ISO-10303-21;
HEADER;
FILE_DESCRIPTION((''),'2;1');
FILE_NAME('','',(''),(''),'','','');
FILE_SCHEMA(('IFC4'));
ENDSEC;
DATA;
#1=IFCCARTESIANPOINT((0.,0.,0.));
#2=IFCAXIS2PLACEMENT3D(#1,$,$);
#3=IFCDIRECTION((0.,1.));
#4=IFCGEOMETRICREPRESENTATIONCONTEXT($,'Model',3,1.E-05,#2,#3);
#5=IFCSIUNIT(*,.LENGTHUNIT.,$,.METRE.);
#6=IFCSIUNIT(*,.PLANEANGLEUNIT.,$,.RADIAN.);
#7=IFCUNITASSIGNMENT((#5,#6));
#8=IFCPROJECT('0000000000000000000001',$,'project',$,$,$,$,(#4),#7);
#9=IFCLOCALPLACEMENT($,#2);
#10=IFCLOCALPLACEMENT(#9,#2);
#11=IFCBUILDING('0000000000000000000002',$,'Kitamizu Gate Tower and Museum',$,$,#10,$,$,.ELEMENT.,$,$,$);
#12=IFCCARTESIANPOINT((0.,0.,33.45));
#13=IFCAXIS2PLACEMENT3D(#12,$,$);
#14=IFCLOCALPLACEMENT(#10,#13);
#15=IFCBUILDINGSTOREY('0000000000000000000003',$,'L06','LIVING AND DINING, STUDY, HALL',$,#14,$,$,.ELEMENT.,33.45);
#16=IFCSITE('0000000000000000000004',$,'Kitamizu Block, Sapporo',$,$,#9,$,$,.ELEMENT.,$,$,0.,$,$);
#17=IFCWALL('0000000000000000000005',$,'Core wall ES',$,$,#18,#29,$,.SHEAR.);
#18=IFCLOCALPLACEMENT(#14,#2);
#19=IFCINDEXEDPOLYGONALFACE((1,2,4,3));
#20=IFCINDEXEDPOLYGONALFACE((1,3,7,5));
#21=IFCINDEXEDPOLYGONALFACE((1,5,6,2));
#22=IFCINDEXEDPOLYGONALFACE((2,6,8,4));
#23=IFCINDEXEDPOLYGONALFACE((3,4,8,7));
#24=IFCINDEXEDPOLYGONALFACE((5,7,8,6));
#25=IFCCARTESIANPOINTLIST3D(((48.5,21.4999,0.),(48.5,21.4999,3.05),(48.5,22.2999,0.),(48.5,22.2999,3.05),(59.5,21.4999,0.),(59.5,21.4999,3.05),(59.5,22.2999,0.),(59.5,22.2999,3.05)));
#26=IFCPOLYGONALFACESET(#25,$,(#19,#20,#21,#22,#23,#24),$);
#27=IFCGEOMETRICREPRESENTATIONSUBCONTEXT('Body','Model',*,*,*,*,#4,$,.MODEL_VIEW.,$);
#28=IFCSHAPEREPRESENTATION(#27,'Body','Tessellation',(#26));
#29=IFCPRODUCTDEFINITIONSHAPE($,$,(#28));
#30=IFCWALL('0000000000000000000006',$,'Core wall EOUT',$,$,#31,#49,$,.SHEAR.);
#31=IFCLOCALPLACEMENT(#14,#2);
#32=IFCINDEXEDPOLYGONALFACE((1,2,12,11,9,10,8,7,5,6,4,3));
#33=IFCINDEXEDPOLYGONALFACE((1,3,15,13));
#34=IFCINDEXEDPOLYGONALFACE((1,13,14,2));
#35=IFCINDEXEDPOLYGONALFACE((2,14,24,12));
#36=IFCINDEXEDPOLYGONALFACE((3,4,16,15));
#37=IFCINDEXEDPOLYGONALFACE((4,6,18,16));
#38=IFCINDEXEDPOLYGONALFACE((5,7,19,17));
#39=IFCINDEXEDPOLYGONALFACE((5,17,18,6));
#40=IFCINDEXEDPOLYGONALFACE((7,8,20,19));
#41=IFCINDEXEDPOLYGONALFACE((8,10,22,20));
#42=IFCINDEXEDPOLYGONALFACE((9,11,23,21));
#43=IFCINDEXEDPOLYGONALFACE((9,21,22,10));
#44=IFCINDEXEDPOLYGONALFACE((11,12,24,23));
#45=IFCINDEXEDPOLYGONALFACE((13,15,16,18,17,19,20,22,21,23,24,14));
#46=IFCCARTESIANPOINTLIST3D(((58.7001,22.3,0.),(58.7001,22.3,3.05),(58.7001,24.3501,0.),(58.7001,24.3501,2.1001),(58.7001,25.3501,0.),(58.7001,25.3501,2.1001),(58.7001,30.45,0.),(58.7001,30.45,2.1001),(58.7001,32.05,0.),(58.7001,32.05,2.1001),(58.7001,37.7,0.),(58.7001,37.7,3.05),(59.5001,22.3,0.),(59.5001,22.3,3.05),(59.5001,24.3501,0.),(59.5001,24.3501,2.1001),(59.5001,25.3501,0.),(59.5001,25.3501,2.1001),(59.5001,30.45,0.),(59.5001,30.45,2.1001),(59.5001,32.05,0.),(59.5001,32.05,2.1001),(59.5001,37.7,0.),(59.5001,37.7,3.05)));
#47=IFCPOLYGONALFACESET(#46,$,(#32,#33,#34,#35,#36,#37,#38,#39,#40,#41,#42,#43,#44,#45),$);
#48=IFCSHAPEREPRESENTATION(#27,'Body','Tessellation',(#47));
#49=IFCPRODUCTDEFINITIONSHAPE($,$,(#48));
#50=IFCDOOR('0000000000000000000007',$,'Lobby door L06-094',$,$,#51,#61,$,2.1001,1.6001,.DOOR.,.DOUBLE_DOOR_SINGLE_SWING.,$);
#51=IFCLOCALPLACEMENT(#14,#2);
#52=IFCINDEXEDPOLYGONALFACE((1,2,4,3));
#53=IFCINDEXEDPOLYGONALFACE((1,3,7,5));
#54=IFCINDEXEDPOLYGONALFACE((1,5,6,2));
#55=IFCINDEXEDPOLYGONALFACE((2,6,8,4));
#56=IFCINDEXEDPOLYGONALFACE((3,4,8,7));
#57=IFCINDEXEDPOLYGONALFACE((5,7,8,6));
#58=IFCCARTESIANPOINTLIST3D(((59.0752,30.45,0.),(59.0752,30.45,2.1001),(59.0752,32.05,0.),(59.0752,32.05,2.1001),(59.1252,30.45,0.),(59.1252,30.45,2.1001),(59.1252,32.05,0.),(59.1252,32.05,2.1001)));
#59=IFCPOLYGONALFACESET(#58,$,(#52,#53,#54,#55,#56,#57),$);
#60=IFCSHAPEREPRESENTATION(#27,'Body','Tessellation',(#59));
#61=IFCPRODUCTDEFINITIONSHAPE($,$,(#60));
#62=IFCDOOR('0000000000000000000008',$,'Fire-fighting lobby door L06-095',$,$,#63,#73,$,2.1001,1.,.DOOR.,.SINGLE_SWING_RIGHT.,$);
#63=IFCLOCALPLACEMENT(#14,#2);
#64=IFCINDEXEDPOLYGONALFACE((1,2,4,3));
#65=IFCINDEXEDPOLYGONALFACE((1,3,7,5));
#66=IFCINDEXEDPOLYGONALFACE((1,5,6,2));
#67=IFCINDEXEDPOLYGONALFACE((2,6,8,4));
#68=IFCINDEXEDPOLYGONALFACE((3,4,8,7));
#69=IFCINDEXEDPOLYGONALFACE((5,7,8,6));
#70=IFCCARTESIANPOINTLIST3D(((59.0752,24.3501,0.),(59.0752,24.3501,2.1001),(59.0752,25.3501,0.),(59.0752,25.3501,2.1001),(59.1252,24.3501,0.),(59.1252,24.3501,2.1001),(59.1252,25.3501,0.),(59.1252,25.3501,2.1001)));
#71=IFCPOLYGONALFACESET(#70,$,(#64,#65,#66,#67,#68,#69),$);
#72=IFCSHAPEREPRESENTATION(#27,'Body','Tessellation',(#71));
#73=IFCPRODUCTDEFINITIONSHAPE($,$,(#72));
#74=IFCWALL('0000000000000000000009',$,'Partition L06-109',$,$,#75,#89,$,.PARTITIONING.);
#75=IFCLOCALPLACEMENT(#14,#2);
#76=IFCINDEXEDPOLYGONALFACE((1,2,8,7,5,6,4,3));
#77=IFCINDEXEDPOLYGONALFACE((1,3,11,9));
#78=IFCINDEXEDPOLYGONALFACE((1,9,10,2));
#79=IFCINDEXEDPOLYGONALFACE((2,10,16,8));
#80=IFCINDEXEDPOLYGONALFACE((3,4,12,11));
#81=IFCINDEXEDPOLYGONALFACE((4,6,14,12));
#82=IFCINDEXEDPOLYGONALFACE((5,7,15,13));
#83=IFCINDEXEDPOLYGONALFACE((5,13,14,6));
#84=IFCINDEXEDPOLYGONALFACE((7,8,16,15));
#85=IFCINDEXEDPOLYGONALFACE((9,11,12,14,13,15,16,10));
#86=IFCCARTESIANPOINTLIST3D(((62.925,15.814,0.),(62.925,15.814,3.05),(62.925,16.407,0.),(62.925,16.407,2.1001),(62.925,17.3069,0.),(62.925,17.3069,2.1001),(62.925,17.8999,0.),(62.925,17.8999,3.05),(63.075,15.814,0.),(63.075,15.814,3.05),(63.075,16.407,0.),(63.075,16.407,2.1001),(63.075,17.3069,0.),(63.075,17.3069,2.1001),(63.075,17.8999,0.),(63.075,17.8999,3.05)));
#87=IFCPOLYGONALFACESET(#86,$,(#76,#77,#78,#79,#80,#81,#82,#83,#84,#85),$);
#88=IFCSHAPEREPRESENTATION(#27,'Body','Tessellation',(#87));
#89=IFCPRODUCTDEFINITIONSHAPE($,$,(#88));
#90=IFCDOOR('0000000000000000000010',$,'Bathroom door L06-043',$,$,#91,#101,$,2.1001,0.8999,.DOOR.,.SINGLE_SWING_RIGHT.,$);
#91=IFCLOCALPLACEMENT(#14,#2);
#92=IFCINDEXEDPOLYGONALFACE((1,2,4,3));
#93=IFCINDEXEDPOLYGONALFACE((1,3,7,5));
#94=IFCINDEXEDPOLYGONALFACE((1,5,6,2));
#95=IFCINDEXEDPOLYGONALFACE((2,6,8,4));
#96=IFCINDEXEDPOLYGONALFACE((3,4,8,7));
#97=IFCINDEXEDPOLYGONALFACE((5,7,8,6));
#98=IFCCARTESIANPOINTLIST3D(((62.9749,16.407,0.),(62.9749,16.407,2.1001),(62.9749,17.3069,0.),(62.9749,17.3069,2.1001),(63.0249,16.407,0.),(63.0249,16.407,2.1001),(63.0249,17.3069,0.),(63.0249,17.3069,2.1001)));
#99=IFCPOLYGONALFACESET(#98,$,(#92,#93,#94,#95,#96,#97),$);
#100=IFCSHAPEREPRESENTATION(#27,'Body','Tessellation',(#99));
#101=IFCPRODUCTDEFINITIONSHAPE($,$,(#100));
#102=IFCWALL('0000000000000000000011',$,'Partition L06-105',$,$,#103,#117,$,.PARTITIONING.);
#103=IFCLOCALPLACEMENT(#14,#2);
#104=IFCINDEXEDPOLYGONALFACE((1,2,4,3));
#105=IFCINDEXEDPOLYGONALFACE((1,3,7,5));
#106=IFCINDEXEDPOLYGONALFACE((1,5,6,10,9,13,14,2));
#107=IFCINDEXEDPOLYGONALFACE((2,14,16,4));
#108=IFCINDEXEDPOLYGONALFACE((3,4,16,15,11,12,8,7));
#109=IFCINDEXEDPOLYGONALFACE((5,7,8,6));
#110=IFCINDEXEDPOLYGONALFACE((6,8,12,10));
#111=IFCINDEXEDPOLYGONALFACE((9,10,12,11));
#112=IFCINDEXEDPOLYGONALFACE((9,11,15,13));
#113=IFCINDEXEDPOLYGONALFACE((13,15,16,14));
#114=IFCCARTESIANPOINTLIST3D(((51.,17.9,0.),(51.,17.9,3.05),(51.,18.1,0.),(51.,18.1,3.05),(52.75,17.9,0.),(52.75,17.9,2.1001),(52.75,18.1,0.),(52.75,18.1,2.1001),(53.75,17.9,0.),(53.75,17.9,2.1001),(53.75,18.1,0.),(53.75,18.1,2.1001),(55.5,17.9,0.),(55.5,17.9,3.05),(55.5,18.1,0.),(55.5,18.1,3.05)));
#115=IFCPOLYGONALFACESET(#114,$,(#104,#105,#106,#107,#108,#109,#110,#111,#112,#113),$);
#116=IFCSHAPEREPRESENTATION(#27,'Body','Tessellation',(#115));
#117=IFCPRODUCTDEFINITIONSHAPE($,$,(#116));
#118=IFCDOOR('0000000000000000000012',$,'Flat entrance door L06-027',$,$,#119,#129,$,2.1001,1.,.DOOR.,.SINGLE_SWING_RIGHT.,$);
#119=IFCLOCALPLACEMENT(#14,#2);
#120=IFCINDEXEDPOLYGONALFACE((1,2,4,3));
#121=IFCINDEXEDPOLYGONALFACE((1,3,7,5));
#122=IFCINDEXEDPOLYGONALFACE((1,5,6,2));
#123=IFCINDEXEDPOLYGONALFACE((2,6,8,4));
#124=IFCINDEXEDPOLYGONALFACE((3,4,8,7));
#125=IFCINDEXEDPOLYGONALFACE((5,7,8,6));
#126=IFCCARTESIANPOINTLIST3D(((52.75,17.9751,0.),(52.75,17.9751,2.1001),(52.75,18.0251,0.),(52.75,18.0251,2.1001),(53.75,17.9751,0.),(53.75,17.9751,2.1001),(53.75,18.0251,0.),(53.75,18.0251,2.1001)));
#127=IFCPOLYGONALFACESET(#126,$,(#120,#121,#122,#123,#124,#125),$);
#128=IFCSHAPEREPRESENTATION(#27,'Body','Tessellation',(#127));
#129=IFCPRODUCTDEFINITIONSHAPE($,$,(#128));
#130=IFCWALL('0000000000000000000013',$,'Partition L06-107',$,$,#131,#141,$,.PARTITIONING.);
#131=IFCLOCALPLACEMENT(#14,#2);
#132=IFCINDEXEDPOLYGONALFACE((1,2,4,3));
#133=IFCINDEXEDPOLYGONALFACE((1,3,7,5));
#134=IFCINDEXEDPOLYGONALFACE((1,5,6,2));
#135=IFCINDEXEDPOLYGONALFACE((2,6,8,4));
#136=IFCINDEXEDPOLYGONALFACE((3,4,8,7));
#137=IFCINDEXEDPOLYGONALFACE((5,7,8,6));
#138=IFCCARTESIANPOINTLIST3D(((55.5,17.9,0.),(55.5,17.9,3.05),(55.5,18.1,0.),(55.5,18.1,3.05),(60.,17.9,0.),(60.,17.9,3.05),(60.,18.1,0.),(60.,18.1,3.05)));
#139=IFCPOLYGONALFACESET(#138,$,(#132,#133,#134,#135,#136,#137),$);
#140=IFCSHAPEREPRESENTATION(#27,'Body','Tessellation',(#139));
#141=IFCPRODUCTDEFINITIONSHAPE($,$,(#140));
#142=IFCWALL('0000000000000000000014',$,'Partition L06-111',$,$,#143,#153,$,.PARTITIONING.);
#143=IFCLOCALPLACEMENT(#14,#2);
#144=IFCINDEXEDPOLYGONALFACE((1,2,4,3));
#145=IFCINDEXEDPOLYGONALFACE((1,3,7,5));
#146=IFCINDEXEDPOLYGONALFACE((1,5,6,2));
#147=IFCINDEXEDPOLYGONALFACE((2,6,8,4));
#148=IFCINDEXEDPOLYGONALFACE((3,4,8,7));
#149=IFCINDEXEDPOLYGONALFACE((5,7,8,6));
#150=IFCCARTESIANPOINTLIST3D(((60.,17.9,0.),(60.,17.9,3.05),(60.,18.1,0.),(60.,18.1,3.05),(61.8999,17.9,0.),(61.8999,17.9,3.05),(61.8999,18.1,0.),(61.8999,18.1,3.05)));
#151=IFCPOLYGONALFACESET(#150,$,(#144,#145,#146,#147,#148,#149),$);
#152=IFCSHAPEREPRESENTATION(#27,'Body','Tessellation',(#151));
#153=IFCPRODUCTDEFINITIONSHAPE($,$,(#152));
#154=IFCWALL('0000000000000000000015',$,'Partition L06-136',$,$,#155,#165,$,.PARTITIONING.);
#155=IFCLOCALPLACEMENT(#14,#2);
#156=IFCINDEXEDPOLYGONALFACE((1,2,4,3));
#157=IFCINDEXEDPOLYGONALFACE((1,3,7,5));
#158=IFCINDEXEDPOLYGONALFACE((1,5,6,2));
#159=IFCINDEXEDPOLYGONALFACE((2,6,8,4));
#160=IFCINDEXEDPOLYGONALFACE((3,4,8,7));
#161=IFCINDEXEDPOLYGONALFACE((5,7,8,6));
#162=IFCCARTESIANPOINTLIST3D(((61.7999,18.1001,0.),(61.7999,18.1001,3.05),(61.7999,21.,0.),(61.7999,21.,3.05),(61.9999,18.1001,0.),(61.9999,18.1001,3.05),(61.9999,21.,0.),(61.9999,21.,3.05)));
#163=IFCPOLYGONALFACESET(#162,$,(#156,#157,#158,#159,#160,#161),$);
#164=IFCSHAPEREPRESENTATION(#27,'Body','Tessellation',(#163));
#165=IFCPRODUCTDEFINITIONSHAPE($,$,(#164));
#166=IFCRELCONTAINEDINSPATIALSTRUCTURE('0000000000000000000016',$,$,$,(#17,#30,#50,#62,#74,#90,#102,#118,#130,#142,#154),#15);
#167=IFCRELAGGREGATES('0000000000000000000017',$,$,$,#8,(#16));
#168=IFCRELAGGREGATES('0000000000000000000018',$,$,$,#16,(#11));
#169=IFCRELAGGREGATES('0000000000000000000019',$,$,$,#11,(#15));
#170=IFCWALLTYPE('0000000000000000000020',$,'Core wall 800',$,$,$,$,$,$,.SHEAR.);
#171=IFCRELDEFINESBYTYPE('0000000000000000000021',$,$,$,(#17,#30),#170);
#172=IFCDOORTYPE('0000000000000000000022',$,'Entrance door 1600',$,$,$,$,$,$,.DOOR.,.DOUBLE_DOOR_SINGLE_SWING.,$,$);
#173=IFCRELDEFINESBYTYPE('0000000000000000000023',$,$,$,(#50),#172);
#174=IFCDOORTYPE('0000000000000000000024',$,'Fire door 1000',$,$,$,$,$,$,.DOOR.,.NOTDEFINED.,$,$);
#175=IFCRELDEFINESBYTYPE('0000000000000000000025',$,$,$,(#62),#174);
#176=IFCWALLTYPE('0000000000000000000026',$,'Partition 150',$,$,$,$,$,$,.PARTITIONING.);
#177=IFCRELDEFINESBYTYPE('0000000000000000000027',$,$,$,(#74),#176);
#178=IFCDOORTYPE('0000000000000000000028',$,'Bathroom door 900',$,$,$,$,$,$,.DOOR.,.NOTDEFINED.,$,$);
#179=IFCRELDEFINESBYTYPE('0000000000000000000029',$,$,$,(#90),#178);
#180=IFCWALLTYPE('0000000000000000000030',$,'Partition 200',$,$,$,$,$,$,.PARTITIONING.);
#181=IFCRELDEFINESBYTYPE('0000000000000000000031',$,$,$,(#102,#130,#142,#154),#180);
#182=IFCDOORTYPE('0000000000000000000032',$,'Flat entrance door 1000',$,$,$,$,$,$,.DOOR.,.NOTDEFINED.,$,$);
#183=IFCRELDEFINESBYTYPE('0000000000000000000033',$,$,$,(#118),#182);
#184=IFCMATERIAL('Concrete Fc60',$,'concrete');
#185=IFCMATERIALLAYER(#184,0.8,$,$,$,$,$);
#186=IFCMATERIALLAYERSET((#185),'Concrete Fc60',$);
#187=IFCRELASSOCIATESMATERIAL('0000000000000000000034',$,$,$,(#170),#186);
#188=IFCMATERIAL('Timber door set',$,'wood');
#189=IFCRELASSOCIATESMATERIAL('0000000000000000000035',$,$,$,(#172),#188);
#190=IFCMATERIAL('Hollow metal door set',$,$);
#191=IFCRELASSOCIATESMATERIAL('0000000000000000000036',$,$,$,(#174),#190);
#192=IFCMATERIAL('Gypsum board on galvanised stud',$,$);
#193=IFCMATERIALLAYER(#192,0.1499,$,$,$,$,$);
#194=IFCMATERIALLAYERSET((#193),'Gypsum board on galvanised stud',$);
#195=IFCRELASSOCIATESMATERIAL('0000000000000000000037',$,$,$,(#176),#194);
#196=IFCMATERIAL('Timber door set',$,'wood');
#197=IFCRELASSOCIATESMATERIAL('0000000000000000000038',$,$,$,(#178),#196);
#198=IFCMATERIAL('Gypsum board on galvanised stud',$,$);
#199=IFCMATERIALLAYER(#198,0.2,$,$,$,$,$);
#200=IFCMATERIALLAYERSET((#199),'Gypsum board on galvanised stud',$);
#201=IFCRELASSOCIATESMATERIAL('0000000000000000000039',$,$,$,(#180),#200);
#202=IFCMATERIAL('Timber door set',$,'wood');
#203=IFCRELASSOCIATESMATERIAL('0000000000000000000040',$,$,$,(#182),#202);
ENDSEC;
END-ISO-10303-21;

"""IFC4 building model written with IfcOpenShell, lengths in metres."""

from ifc_helpers import new_model, si_unit, direction, frame, frame_2d, origin, place, context, subcontext, project, spatial, rectangle, extrude, material, layer, layer_set, type_object, element, fill, save


model = new_model("IFC4")

# Units and contexts
model_context = context("Model", 3, precision=1e-05, world=origin(), true_north=direction((0.0, 1.0)))
body_context = subcontext(model_context, "Body", "Model", "MODEL_VIEW")
ifc_project = project(units=[si_unit("LENGTHUNIT", "METRE"), si_unit("PLANEANGLEUNIT", "RADIAN")], contexts=[model_context])

# Site, building, storey
site_placement = place(None, origin())
site = spatial("IfcSite", under=ifc_project, at=site_placement, Name="Kitamizu Block, Sapporo", CompositionType="ELEMENT", RefElevation=0.0)
building_placement = place(site_placement, origin())
building = spatial("IfcBuilding", under=site, at=building_placement, Name="Kitamizu Gate Tower and Museum", CompositionType="ELEMENT")
storey_placement = place(building_placement, frame((0.0, 0.0, 33.45)))
storey = spatial("IfcBuildingStorey", under=building, at=storey_placement, Name="L06", Description="LIVING AND DINING, STUDY, HALL", CompositionType="ELEMENT", Elevation=33.45)

# Wall
ifc_material_1 = material(Name="Concrete Fc60", Category="concrete")
ifc_layer_1 = layer(ifc_material_1, 0.8)
ifc_layer_set_1 = layer_set([ifc_layer_1], Name="Concrete Fc60")
wall_type_1 = type_object("IfcWallType", Name="Core wall 800", PredefinedType="SHEAR", material=ifc_layer_set_1)
wall_1_placement = place(storey_placement, frame((59.5, 21.8999, 0.0), z_axis=(0.0, 0.0, 1.0), x_axis=(-1.0, 0.0, 0.0)))
element("IfcWall", 1, at=wall_1_placement, inside=storey, type_object=wall_type_1, Name="Core wall ES", PredefinedType="SHEAR", context=body_context, shape_type="SweptSolid", body=[
    extrude(rectangle(XDim=11.0, YDim=0.8, at=frame_2d((5.5, 0.0))), origin(), (0.0, 0.0, 1.0), 3.05),
])

# Wall, openings, doors
wall_2_placement = place(storey_placement, frame((59.1001, 22.3, 0.0), z_axis=(0.0, 0.0, 1.0), x_axis=(0.0, 1.0, 0.0)))
wall_2 = element("IfcWall", 2, at=wall_2_placement, inside=storey, type_object=wall_type_1, Name="Core wall EOUT", PredefinedType="SHEAR", context=body_context, shape_type="SweptSolid", body=[
    extrude(rectangle(XDim=15.3999, YDim=0.8, at=frame_2d((7.7, 0.0))), origin(), (0.0, 0.0, 1.0), 3.05),
])
opening_1_placement = place(wall_2_placement, frame((8.1499, 0.0, 0.0)))
opening_1 = element("IfcOpeningElement", 3, at=opening_1_placement, cuts=wall_2, PredefinedType="OPENING", context=body_context, shape_type="SweptSolid", body=[
    extrude(rectangle(XDim=1.6001, YDim=2.1001, at=frame_2d((0.8, 1.05))), frame((0.0, 0.4102, 0.0), z_axis=(0.0, -1.0, 0.0), x_axis=(1.0, 0.0, 0.0)), (0.0, 0.0, 1.0), 0.8201),
])
opening_2_placement = place(wall_2_placement, frame((2.05, 0.0, 0.0)))
opening_2 = element("IfcOpeningElement", 4, at=opening_2_placement, cuts=wall_2, PredefinedType="OPENING", context=body_context, shape_type="SweptSolid", body=[
    extrude(rectangle(XDim=1.0, YDim=2.1001, at=frame_2d((0.5, 1.05))), frame((0.0, 0.4102, 0.0), z_axis=(0.0, -1.0, 0.0), x_axis=(1.0, 0.0, 0.0)), (0.0, 0.0, 1.0), 0.8201),
])
ifc_material_2 = material(Name="Timber door set", Category="wood")
door_type_1 = type_object("IfcDoorType", Name="Entrance door 1600", OperationType="DOUBLE_DOOR_SINGLE_SWING", PredefinedType="DOOR", material=ifc_material_2)
door_1_placement = place(opening_1_placement, origin())
door_1 = element("IfcDoor", 5, at=door_1_placement, inside=storey, type_object=door_type_1, Name="Lobby door L06-094", OperationType="DOUBLE_DOOR_SINGLE_SWING", OverallHeight=2.1001, OverallWidth=1.6001, PredefinedType="DOOR", context=body_context, shape_type="SweptSolid", body=[
    extrude(rectangle(XDim=1.6001, YDim=2.1001, at=frame_2d((0.8, 1.05))), frame((0.0, 0.0249, 0.0), z_axis=(0.0, -1.0, 0.0), x_axis=(1.0, 0.0, 0.0)), (0.0, 0.0, 1.0), 0.05),
])
fill(opening_1, door_1)
ifc_material_3 = material(Name="Hollow metal door set")
door_type_2 = type_object("IfcDoorType", Name="Fire door 1000", OperationType="NOTDEFINED", PredefinedType="DOOR", material=ifc_material_3)
door_2_placement = place(opening_2_placement, origin())
door_2 = element("IfcDoor", 6, at=door_2_placement, inside=storey, type_object=door_type_2, Name="Fire-fighting lobby door L06-095", OperationType="SINGLE_SWING_RIGHT", OverallHeight=2.1001, OverallWidth=1.0, PredefinedType="DOOR", context=body_context, shape_type="SweptSolid", body=[
    extrude(rectangle(XDim=1.0, YDim=2.1001, at=frame_2d((0.5, 1.05))), frame((0.0, 0.0249, 0.0), z_axis=(0.0, -1.0, 0.0), x_axis=(1.0, 0.0, 0.0)), (0.0, 0.0, 1.0), 0.05),
])
fill(opening_2, door_2)

# Walls, openings, doors
ifc_material_4 = material(Name="Gypsum board on galvanised stud")
ifc_layer_2 = layer(ifc_material_4, 0.1499)
ifc_layer_set_2 = layer_set([ifc_layer_2], Name="Gypsum board on galvanised stud")
wall_type_2 = type_object("IfcWallType", Name="Partition 150", PredefinedType="PARTITIONING", material=ifc_layer_set_2)
wall_3_placement = place(storey_placement, frame((63.0, 15.814, 0.0), z_axis=(0.0, 0.0, 1.0), x_axis=(0.0, 1.0, 0.0)))
wall_3 = element("IfcWall", 7, at=wall_3_placement, inside=storey, type_object=wall_type_2, Name="Partition L06-109", PredefinedType="PARTITIONING", context=body_context, shape_type="SweptSolid", body=[
    extrude(rectangle(XDim=2.0859, YDim=0.1499, at=frame_2d((1.043, 0.0))), origin(), (0.0, 0.0, 1.0), 3.05),
])
opening_3_placement = place(wall_3_placement, frame((0.593, 0.0, 0.0)))
opening_3 = element("IfcOpeningElement", 8, at=opening_3_placement, cuts=wall_3, PredefinedType="OPENING", context=body_context, shape_type="SweptSolid", body=[
    extrude(rectangle(XDim=0.8999, YDim=2.1001, at=frame_2d((0.45, 1.05))), frame((0.0, 0.085, 0.0), z_axis=(0.0, -1.0, 0.0), x_axis=(1.0, 0.0, 0.0)), (0.0, 0.0, 1.0), 0.1699),
])
ifc_material_5 = material(Name="Timber door set", Category="wood")
door_type_3 = type_object("IfcDoorType", Name="Bathroom door 900", OperationType="NOTDEFINED", PredefinedType="DOOR", material=ifc_material_5)
door_3_placement = place(opening_3_placement, frame((0.8999, 0.0, 0.0), x_axis=(-1.0, 0.0, 0.0)))
door_3 = element("IfcDoor", 9, at=door_3_placement, inside=storey, type_object=door_type_3, Name="Bathroom door L06-043", OperationType="SINGLE_SWING_RIGHT", OverallHeight=2.1001, OverallWidth=0.8999, PredefinedType="DOOR", context=body_context, shape_type="SweptSolid", body=[
    extrude(rectangle(XDim=0.8999, YDim=2.1001, at=frame_2d((0.45, 1.05))), frame((0.0, 0.0249, 0.0), z_axis=(0.0, -1.0, 0.0), x_axis=(1.0, 0.0, 0.0)), (0.0, 0.0, 1.0), 0.05),
])
fill(opening_3, door_3)
ifc_material_6 = material(Name="Gypsum board on galvanised stud")
ifc_layer_3 = layer(ifc_material_6, 0.2)
ifc_layer_set_3 = layer_set([ifc_layer_3], Name="Gypsum board on galvanised stud")
wall_type_3 = type_object("IfcWallType", Name="Partition 200", PredefinedType="PARTITIONING", material=ifc_layer_set_3)
wall_4_placement = place(storey_placement, frame((55.5, 18.0, 0.0), z_axis=(0.0, 0.0, 1.0), x_axis=(-1.0, 0.0, 0.0)))
wall_4 = element("IfcWall", 10, at=wall_4_placement, inside=storey, type_object=wall_type_3, Name="Partition L06-105", PredefinedType="PARTITIONING", context=body_context, shape_type="SweptSolid", body=[
    extrude(rectangle(XDim=4.5, YDim=0.2, at=frame_2d((2.25, 0.0))), origin(), (0.0, 0.0, 1.0), 3.05),
])
opening_4_placement = place(wall_4_placement, frame((1.75, 0.0, 0.0)))
opening_4 = element("IfcOpeningElement", 11, at=opening_4_placement, cuts=wall_4, PredefinedType="OPENING", context=body_context, shape_type="SweptSolid", body=[
    extrude(rectangle(XDim=1.0, YDim=2.1001, at=frame_2d((0.5, 1.05))), frame((0.0, 0.1099, 0.0), z_axis=(0.0, -1.0, 0.0), x_axis=(1.0, 0.0, 0.0)), (0.0, 0.0, 1.0), 0.22),
])
ifc_material_7 = material(Name="Timber door set", Category="wood")
door_type_4 = type_object("IfcDoorType", Name="Flat entrance door 1000", OperationType="NOTDEFINED", PredefinedType="DOOR", material=ifc_material_7)
door_4_placement = place(opening_4_placement, origin())
door_4 = element("IfcDoor", 12, at=door_4_placement, inside=storey, type_object=door_type_4, Name="Flat entrance door L06-027", OperationType="SINGLE_SWING_RIGHT", OverallHeight=2.1001, OverallWidth=1.0, PredefinedType="DOOR", context=body_context, shape_type="SweptSolid", body=[
    extrude(rectangle(XDim=1.0, YDim=2.1001, at=frame_2d((0.5, 1.05))), frame((0.0, 0.0249, 0.0), z_axis=(0.0, -1.0, 0.0), x_axis=(1.0, 0.0, 0.0)), (0.0, 0.0, 1.0), 0.05),
])
fill(opening_4, door_4)

# Walls
wall_5_placement = place(storey_placement, frame((60.0, 18.0, 0.0), z_axis=(0.0, 0.0, 1.0), x_axis=(-1.0, 0.0, 0.0)))
element("IfcWall", 13, at=wall_5_placement, inside=storey, type_object=wall_type_3, Name="Partition L06-107", PredefinedType="PARTITIONING", context=body_context, shape_type="SweptSolid", body=[
    extrude(rectangle(XDim=4.5, YDim=0.2, at=frame_2d((2.25, 0.0))), origin(), (0.0, 0.0, 1.0), 3.05),
])
wall_6_placement = place(storey_placement, frame((61.8999, 18.0, 0.0), z_axis=(0.0, 0.0, 1.0), x_axis=(-1.0, 0.0, 0.0)))
element("IfcWall", 14, at=wall_6_placement, inside=storey, type_object=wall_type_3, Name="Partition L06-111", PredefinedType="PARTITIONING", context=body_context, shape_type="SweptSolid", body=[
    extrude(rectangle(XDim=1.8999, YDim=0.2, at=frame_2d((0.95, 0.0))), origin(), (0.0, 0.0, 1.0), 3.05),
])
for number, where, z_axis, x_axis, name in (
    (15, (61.8999, 21.0, 0.0), (0.0, 0.0, 1.0), (0.0, -1.0, 0.0), "Partition L06-136"),
):
    element("IfcWall", number, at=place(storey_placement, frame(where, z_axis=z_axis, x_axis=x_axis)), inside=storey, type_object=wall_type_3, Name=name, PredefinedType="PARTITIONING", context=body_context, shape_type="SweptSolid", body=[
        extrude(rectangle(XDim=2.8999, YDim=0.2, at=frame_2d((1.45, 0.0))), origin(), (0.0, 0.0, 1.0), 3.05),
    ])

save(model, "model.ifc")
